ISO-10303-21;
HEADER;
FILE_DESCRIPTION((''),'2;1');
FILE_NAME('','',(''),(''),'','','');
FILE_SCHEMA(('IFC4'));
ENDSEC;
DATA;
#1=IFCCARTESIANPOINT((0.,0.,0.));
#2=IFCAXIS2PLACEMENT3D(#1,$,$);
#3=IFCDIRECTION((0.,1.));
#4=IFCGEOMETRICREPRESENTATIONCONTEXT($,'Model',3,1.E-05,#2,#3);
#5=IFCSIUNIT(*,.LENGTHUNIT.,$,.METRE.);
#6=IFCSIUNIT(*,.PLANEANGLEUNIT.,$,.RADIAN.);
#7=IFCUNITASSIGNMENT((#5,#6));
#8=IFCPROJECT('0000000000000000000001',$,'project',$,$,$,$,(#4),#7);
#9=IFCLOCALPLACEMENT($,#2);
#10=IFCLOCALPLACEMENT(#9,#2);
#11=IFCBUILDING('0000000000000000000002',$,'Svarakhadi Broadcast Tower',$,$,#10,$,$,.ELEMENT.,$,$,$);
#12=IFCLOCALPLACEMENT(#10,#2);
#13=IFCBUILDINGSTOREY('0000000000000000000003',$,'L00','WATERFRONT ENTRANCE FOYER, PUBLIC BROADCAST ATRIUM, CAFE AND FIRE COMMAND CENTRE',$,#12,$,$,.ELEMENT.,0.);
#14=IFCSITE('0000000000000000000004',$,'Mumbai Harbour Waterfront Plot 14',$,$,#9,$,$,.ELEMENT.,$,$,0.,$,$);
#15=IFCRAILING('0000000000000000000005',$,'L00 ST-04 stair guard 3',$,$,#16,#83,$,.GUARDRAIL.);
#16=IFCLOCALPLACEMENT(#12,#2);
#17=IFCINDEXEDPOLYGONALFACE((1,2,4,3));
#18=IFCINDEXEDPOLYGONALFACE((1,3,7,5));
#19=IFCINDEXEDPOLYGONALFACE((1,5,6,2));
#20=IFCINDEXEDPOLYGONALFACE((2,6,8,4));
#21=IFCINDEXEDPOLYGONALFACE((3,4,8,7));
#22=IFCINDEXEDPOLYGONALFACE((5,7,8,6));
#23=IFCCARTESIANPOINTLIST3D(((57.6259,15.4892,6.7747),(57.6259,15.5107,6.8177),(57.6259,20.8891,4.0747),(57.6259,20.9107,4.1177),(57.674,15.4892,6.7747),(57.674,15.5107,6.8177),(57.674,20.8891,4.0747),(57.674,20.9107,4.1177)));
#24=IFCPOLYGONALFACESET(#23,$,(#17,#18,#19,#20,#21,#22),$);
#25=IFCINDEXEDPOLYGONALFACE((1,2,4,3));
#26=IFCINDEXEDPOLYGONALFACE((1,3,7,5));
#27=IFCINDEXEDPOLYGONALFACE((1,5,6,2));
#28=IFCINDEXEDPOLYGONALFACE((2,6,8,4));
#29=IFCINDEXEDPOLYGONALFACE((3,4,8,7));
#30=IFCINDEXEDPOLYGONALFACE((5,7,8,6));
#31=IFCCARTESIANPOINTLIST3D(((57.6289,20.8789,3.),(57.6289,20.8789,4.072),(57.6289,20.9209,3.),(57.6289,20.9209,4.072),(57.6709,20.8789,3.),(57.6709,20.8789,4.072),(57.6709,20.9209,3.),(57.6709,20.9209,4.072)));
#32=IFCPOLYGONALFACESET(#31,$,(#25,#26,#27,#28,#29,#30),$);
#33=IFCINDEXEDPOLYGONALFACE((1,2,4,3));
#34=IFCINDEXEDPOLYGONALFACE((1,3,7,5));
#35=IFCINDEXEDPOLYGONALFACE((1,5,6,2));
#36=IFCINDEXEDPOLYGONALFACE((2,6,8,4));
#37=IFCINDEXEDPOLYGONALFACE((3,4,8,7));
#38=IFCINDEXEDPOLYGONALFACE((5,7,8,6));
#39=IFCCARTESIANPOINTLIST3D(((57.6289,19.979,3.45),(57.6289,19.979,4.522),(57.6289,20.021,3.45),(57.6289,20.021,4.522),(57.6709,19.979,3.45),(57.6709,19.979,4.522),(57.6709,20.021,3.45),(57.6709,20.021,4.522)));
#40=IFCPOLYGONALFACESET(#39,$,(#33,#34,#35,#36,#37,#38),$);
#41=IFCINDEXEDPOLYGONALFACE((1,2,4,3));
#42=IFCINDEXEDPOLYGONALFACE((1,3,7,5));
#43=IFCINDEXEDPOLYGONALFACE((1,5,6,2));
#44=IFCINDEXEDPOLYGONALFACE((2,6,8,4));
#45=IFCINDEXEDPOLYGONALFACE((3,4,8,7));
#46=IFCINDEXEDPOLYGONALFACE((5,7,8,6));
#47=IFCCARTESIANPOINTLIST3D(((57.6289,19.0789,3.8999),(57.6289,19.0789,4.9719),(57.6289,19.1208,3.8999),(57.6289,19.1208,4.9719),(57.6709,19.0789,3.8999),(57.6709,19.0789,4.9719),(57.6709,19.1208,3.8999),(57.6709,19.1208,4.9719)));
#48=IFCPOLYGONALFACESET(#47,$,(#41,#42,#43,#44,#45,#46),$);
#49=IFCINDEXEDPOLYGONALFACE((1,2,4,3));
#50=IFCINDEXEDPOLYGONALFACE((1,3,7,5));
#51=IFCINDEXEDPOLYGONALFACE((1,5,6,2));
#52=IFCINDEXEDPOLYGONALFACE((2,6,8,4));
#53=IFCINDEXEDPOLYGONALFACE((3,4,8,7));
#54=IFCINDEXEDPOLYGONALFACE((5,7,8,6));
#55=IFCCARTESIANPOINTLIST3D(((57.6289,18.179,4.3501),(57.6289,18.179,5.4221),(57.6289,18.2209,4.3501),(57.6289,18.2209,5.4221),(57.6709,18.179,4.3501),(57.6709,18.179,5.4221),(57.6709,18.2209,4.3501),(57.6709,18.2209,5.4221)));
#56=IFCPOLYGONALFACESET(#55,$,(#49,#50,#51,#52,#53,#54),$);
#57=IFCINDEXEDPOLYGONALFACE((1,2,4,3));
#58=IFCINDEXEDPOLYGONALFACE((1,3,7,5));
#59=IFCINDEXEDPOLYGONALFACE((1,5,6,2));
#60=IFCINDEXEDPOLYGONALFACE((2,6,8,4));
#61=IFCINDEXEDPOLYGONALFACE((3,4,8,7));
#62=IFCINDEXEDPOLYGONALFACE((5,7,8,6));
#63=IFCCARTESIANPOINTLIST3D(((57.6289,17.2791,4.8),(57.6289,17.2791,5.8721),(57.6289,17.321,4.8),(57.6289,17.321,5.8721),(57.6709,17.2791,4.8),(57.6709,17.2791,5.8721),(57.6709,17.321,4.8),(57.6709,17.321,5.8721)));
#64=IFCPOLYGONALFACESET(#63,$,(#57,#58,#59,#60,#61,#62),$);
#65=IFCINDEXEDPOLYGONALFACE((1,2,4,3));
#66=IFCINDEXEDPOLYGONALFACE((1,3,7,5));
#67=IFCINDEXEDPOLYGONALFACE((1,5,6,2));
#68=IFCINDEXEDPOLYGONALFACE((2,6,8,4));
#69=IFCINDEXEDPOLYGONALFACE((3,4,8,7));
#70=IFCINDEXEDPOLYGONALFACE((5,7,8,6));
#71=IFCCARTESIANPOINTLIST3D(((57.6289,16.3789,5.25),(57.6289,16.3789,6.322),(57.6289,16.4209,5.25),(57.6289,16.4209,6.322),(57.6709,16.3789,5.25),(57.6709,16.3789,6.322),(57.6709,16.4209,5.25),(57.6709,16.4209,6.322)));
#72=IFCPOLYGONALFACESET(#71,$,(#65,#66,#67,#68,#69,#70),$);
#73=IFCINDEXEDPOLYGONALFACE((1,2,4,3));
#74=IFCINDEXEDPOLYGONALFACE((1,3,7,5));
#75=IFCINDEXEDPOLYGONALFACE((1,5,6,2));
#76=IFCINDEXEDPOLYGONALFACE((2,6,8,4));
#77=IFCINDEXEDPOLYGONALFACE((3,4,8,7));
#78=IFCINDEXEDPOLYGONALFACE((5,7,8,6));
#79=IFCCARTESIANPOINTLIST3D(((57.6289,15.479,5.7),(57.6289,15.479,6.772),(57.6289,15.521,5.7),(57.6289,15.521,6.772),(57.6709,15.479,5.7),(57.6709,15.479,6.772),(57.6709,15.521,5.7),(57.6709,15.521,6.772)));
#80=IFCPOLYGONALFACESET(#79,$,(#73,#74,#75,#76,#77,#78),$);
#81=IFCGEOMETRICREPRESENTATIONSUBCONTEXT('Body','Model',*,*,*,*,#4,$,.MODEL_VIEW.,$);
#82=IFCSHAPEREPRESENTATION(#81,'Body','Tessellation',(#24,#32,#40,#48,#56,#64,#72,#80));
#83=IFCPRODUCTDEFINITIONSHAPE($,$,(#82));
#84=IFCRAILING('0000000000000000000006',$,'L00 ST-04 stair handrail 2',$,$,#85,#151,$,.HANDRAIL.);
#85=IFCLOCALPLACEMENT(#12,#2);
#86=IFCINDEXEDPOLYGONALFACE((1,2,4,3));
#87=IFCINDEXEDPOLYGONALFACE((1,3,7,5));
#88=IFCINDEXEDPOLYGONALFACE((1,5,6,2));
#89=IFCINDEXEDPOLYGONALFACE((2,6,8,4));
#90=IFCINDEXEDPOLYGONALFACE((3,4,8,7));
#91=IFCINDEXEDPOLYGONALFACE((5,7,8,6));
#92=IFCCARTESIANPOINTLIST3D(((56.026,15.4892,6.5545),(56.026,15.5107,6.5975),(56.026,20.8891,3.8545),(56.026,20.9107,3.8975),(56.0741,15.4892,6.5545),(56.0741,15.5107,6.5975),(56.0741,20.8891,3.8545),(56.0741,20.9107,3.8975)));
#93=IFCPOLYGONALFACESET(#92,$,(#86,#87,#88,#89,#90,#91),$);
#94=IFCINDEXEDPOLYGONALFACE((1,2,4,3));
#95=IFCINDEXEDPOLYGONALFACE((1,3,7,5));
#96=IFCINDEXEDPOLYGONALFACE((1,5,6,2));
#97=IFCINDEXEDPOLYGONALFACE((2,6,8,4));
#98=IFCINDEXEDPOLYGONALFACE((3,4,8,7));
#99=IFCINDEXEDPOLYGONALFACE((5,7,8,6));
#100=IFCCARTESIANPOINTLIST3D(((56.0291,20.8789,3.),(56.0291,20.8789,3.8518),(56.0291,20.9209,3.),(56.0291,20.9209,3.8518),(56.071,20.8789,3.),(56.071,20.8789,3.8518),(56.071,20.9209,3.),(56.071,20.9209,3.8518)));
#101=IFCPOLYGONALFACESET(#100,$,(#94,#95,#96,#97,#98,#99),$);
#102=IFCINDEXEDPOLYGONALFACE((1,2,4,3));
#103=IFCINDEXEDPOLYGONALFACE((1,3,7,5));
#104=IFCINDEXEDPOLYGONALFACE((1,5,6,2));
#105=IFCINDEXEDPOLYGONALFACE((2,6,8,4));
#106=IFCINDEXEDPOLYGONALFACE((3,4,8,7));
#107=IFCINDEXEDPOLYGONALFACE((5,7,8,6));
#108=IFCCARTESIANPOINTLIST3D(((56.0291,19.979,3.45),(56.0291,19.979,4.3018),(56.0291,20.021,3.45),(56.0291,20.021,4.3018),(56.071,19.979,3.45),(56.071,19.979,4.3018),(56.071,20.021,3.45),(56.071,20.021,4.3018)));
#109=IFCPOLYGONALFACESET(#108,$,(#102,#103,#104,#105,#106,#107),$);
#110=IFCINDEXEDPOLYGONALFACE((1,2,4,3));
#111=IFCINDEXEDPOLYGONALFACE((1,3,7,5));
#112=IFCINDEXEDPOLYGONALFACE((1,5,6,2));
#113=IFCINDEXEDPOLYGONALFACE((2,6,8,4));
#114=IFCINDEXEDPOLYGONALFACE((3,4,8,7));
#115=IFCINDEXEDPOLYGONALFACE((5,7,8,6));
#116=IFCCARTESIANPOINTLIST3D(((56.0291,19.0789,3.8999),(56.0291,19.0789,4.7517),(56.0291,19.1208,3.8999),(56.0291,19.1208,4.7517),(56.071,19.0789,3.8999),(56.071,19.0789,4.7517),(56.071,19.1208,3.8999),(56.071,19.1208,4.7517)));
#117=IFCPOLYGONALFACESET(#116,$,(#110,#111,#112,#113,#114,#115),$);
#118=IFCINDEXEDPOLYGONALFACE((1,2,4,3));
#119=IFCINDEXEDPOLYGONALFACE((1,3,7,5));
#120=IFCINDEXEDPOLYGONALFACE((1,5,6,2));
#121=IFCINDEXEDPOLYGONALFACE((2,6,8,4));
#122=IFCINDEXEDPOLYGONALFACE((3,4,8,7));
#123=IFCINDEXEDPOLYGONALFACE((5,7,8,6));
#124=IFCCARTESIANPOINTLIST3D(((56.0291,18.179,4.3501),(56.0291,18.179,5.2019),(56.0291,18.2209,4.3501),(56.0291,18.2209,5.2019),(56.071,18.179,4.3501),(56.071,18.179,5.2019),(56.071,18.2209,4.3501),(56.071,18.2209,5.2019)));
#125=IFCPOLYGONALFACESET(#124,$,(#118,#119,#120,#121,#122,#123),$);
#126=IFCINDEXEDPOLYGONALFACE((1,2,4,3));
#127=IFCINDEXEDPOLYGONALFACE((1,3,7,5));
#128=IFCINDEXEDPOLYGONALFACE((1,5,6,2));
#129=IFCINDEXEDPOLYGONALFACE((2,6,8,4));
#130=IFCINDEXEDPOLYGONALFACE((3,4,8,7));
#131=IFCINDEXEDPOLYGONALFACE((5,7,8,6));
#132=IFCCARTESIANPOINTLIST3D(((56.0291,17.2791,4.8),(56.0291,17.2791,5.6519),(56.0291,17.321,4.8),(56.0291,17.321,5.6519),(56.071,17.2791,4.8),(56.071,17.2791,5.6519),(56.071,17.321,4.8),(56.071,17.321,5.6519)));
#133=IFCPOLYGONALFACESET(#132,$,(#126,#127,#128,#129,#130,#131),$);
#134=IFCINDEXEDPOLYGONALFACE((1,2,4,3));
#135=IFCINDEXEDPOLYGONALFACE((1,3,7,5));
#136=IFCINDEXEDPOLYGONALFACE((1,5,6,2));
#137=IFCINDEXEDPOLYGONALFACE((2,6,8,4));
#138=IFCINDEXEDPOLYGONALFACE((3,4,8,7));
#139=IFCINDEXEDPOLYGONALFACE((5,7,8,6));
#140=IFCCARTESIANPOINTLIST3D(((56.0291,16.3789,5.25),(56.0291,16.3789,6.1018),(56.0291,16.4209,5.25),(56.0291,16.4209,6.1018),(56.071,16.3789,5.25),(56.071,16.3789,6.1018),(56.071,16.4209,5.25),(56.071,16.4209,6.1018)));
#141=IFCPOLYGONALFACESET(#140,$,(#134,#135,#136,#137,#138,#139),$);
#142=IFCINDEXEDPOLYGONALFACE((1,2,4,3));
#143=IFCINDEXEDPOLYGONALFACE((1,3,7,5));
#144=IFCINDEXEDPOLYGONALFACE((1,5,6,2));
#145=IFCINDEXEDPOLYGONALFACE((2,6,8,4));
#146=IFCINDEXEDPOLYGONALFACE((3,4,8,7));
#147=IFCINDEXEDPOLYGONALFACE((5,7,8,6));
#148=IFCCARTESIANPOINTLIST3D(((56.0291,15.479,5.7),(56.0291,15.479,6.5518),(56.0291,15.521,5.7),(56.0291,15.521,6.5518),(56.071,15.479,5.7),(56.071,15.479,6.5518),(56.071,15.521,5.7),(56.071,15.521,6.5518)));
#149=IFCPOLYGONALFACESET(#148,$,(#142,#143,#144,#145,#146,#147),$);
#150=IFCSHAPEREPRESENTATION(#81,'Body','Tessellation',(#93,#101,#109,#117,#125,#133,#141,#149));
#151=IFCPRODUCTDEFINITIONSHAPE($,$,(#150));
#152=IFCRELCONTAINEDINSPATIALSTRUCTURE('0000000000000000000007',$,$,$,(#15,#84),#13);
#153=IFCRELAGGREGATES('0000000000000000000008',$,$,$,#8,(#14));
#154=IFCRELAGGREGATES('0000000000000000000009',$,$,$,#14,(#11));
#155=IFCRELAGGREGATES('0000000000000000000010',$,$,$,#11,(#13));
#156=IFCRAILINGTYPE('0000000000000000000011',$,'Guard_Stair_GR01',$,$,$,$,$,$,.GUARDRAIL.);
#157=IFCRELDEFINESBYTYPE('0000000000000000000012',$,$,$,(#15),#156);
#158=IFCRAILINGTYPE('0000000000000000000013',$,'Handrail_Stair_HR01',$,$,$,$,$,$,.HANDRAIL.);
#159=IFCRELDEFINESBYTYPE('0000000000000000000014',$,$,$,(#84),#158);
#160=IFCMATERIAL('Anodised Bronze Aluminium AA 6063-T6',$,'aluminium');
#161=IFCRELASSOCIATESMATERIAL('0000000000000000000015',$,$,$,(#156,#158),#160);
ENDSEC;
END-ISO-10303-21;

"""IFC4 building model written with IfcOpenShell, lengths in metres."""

from ifc_helpers import new_model, si_unit, direction, frame, origin, origin_2d, place, context, subcontext, project, spatial, rectangle, extrude, material, type_object, element, save


model = new_model("IFC4")

# Units and contexts
model_context = context("Model", 3, precision=1e-05, world=origin(), true_north=direction((0.0, 1.0)))
body_context = subcontext(model_context, "Body", "Model", "MODEL_VIEW")
ifc_project = project(units=[si_unit("LENGTHUNIT", "METRE"), si_unit("PLANEANGLEUNIT", "RADIAN")], contexts=[model_context])

# Site, building, storey
site_placement = place(None, origin())
site = spatial("IfcSite", under=ifc_project, at=site_placement, Name="Mumbai Harbour Waterfront Plot 14", CompositionType="ELEMENT", RefElevation=0.0)
building_placement = place(site_placement, origin())
building = spatial("IfcBuilding", under=site, at=building_placement, Name="Svarakhadi Broadcast Tower", CompositionType="ELEMENT")
storey_placement = place(building_placement, origin())
storey = spatial("IfcBuildingStorey", under=building, at=storey_placement, Name="L00", Description="WATERFRONT ENTRANCE FOYER, PUBLIC BROADCAST ATRIUM, CAFE AND FIRE COMMAND CENTRE", CompositionType="ELEMENT", Elevation=0.0)

# Shared definitions
ifc_material_1 = material(Name="Anodised Bronze Aluminium AA 6063-T6", Category="aluminium")

# Railings
railing_type_1 = type_object("IfcRailingType", Name="Guard_Stair_GR01", PredefinedType="GUARDRAIL", material=ifc_material_1)
railing_1_placement = place(storey_placement, frame((57.6499, 20.8999, 3.0)))
element("IfcRailing", 1, at=railing_1_placement, inside=storey, type_object=railing_type_1, Name="L00 ST-04 stair guard 3", PredefinedType="GUARDRAIL", context=body_context, shape_type="SweptSolid", body=[
    extrude(rectangle(XDim=0.0481, YDim=0.0481, at=origin_2d()), frame((0.0, 0.0, 1.0962), z_axis=(0.0, -0.894427, 0.447214), x_axis=(1.0, 0.0, 0.0)), (0.0, 0.0, 1.0), 6.0374),
    extrude(rectangle(XDim=0.042, YDim=0.042, at=origin_2d()), origin(), (0.0, 0.0, 1.0), 1.072),
    extrude(rectangle(XDim=0.042, YDim=0.042, at=origin_2d()), frame((0.0, -0.8999, 0.45)), (0.0, 0.0, 1.0), 1.072),
    extrude(rectangle(XDim=0.042, YDim=0.042, at=origin_2d()), frame((0.0, -1.8, 0.8999)), (0.0, 0.0, 1.0), 1.072),
    extrude(rectangle(XDim=0.042, YDim=0.042, at=origin_2d()), frame((0.0, -2.7, 1.3501)), (0.0, 0.0, 1.0), 1.072),
    extrude(rectangle(XDim=0.042, YDim=0.042, at=origin_2d()), frame((0.0, -3.5999, 1.8)), (0.0, 0.0, 1.0), 1.072),
    extrude(rectangle(XDim=0.042, YDim=0.042, at=origin_2d()), frame((0.0, -4.5, 2.25)), (0.0, 0.0, 1.0), 1.072),
    extrude(rectangle(XDim=0.042, YDim=0.042, at=origin_2d()), frame((0.0, -5.3999, 2.7)), (0.0, 0.0, 1.0), 1.072),
])
railing_type_2 = type_object("IfcRailingType", Name="Handrail_Stair_HR01", PredefinedType="HANDRAIL", material=ifc_material_1)
railing_2_placement = place(storey_placement, frame((56.05, 20.8999, 3.0)))
element("IfcRailing", 2, at=railing_2_placement, inside=storey, type_object=railing_type_2, Name="L00 ST-04 stair handrail 2", PredefinedType="HANDRAIL", context=body_context, shape_type="SweptSolid", body=[
    extrude(rectangle(XDim=0.0481, YDim=0.0481, at=origin_2d()), frame((0.0, 0.0, 0.876), z_axis=(0.0, -0.894427, 0.447214), x_axis=(1.0, 0.0, 0.0)), (0.0, 0.0, 1.0), 6.0374),
    extrude(rectangle(XDim=0.042, YDim=0.042, at=origin_2d()), origin(), (0.0, 0.0, 1.0), 0.8518),
    extrude(rectangle(XDim=0.042, YDim=0.042, at=origin_2d()), frame((0.0, -0.8999, 0.45)), (0.0, 0.0, 1.0), 0.8518),
    extrude(rectangle(XDim=0.042, YDim=0.042, at=origin_2d()), frame((0.0, -1.8, 0.8999)), (0.0, 0.0, 1.0), 0.8518),
    extrude(rectangle(XDim=0.042, YDim=0.042, at=origin_2d()), frame((0.0, -2.7, 1.3501)), (0.0, 0.0, 1.0), 0.8518),
    extrude(rectangle(XDim=0.042, YDim=0.042, at=origin_2d()), frame((0.0, -3.5999, 1.8)), (0.0, 0.0, 1.0), 0.8518),
    extrude(rectangle(XDim=0.042, YDim=0.042, at=origin_2d()), frame((0.0, -4.5, 2.25)), (0.0, 0.0, 1.0), 0.8518),
    extrude(rectangle(XDim=0.042, YDim=0.042, at=origin_2d()), frame((0.0, -5.3999, 2.7)), (0.0, 0.0, 1.0), 0.8518),
])

save(model, "model.ifc")
